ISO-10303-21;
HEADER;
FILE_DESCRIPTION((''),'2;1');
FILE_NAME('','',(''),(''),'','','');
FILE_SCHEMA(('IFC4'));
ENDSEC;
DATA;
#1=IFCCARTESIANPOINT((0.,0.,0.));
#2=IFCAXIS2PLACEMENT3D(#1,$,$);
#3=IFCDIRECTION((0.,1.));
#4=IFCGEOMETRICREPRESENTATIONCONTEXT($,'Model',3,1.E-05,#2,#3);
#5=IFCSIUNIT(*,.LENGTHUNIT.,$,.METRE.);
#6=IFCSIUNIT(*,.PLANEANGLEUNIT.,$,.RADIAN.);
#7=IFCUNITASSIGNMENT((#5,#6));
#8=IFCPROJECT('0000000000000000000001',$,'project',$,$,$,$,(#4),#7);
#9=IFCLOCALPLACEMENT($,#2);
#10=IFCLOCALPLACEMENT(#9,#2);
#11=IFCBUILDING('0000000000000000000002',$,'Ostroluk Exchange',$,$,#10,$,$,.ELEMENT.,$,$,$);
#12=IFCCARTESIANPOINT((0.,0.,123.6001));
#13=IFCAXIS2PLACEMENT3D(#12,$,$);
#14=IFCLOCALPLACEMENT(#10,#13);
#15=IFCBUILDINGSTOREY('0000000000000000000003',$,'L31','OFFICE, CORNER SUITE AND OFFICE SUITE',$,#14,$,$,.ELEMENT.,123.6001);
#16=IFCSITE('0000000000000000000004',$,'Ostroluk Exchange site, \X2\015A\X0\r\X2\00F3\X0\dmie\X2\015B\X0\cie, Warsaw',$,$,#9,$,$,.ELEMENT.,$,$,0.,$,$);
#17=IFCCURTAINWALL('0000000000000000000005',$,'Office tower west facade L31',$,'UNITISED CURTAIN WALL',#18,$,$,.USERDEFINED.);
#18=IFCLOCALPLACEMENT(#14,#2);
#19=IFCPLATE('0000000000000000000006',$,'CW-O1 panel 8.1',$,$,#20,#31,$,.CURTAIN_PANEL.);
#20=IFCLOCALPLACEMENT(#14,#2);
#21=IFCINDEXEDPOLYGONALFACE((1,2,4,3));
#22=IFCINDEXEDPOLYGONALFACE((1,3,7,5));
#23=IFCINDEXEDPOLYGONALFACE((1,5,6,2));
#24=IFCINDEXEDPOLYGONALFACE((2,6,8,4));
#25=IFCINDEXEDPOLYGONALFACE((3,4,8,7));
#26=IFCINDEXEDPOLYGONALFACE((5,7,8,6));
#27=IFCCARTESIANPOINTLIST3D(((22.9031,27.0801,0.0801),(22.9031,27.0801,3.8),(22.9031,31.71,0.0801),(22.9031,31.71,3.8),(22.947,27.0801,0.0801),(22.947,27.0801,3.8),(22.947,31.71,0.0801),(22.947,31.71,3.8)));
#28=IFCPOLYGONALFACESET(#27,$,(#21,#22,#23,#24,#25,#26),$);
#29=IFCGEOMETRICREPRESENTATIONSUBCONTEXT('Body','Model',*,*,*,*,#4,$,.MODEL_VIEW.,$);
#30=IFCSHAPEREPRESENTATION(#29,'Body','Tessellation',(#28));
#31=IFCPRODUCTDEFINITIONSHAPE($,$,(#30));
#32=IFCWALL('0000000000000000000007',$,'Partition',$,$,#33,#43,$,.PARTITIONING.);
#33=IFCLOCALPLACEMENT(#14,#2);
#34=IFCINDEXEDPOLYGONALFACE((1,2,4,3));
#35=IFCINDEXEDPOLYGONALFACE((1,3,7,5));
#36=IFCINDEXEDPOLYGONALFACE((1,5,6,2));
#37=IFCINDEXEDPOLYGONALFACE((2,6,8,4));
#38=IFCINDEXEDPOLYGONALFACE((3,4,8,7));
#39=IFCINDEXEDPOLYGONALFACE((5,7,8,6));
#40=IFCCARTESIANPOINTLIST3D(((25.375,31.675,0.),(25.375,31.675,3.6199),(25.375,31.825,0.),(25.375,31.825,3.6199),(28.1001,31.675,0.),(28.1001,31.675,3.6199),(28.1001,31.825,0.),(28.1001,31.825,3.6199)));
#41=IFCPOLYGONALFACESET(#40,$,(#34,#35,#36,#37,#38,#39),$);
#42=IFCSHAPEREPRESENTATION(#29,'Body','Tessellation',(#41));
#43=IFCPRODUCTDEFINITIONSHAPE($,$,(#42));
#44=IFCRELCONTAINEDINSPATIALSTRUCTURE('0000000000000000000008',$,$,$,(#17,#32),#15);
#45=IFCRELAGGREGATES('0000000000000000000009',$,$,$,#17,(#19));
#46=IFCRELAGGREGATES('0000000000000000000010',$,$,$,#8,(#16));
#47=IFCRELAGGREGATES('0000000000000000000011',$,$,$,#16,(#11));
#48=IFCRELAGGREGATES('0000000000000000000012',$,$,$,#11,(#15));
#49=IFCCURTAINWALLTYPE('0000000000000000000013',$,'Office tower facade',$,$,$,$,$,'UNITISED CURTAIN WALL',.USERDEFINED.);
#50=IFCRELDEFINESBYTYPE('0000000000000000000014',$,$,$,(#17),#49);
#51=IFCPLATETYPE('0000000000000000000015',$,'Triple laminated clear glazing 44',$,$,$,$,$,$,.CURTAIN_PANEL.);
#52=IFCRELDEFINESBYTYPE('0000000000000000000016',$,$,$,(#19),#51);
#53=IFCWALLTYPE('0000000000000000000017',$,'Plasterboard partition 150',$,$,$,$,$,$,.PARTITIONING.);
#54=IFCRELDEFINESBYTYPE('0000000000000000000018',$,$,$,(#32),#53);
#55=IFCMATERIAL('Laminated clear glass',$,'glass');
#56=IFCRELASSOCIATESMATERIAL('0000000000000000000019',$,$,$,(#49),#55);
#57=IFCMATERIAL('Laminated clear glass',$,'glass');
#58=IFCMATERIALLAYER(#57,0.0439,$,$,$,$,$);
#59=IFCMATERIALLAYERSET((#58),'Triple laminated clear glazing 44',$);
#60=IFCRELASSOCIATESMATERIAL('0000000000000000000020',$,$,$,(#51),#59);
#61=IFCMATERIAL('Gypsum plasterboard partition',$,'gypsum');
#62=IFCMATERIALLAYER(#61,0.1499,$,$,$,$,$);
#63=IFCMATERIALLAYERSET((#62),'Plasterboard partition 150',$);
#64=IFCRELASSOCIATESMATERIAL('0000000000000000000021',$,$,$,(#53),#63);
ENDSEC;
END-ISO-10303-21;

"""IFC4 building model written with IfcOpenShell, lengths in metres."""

from ifc_helpers import new_model, si_unit, direction, frame, frame_2d, origin, origin_2d, place, context, subcontext, project, spatial, rectangle, extrude, material, layer, layer_set, type_object, element, aggregate, save


model = new_model("IFC4")

# Units and contexts
model_context = context("Model", 3, precision=1e-05, world=origin(), true_north=direction((0.0, 1.0)))
body_context = subcontext(model_context, "Body", "Model", "MODEL_VIEW")
ifc_project = project(units=[si_unit("LENGTHUNIT", "METRE"), si_unit("PLANEANGLEUNIT", "RADIAN")], contexts=[model_context])

# Site, building, storey
site_placement = place(None, origin())
site = spatial("IfcSite", under=ifc_project, at=site_placement, Name="Ostroluk Exchange site, Śródmieście, Warsaw", CompositionType="ELEMENT", RefElevation=0.0)
building_placement = place(site_placement, origin())
building = spatial("IfcBuilding", under=site, at=building_placement, Name="Ostroluk Exchange", CompositionType="ELEMENT")
storey_placement = place(building_placement, frame((0.0, 0.0, 123.6001)))
storey = spatial("IfcBuildingStorey", under=building, at=storey_placement, Name="L31", Description="OFFICE, CORNER SUITE AND OFFICE SUITE", CompositionType="ELEMENT", Elevation=123.6001)

# Curtain wall, plate
ifc_material_1 = material(Name="Laminated clear glass", Category="glass")
curtain_wall_type = type_object("IfcCurtainWallType", Name="Office tower facade", ElementType="UNITISED CURTAIN WALL", PredefinedType="USERDEFINED", material=ifc_material_1)
curtain_wall_placement = place(storey_placement, origin())
curtain_wall = element("IfcCurtainWall", 1, at=curtain_wall_placement, inside=storey, type_object=curtain_wall_type, Name="Office tower west facade L31", ObjectType="UNITISED CURTAIN WALL", PredefinedType="USERDEFINED")
ifc_material_2 = material(Name="Laminated clear glass", Category="glass")
ifc_layer_1 = layer(ifc_material_2, 0.0439)
ifc_layer_set_1 = layer_set([ifc_layer_1], Name="Triple laminated clear glazing 44")
plate_type = type_object("IfcPlateType", Name="Triple laminated clear glazing 44", PredefinedType="CURTAIN_PANEL", material=ifc_layer_set_1)
plate_1_placement = place(storey_placement, frame((22.925, 29.395, 0.0801), z_axis=(0.0, 0.0, 1.0), x_axis=(0.0, -1.0, 0.0)))
plate_1 = element("IfcPlate", 2, at=plate_1_placement, type_object=plate_type, Name="CW-O1 panel 8.1", PredefinedType="CURTAIN_PANEL", context=body_context, shape_type="SweptSolid", body=[
    extrude(rectangle(XDim=4.6299, YDim=0.0439, at=origin_2d()), origin(), (0.0, 0.0, 1.0), 3.72),
])
aggregate(curtain_wall, [plate_1])

# Wall
ifc_material_3 = material(Name="Gypsum plasterboard partition", Category="gypsum")
ifc_layer_2 = layer(ifc_material_3, 0.1499)
ifc_layer_set_2 = layer_set([ifc_layer_2], Name="Plasterboard partition 150")
wall_type = type_object("IfcWallType", Name="Plasterboard partition 150", PredefinedType="PARTITIONING", material=ifc_layer_set_2)
wall_placement = place(storey_placement, frame((28.1001, 31.75, 0.0), z_axis=(0.0, 0.0, 1.0), x_axis=(-1.0, 0.0, 0.0)))
element("IfcWall", 3, at=wall_placement, inside=storey, type_object=wall_type, Name="Partition", PredefinedType="PARTITIONING", context=body_context, shape_type="SweptSolid", body=[
    extrude(rectangle(XDim=2.7251, YDim=0.1499, at=frame_2d((1.3625, 0.0))), origin(), (0.0, 0.0, 1.0), 3.6199),
])

save(model, "model.ifc")
